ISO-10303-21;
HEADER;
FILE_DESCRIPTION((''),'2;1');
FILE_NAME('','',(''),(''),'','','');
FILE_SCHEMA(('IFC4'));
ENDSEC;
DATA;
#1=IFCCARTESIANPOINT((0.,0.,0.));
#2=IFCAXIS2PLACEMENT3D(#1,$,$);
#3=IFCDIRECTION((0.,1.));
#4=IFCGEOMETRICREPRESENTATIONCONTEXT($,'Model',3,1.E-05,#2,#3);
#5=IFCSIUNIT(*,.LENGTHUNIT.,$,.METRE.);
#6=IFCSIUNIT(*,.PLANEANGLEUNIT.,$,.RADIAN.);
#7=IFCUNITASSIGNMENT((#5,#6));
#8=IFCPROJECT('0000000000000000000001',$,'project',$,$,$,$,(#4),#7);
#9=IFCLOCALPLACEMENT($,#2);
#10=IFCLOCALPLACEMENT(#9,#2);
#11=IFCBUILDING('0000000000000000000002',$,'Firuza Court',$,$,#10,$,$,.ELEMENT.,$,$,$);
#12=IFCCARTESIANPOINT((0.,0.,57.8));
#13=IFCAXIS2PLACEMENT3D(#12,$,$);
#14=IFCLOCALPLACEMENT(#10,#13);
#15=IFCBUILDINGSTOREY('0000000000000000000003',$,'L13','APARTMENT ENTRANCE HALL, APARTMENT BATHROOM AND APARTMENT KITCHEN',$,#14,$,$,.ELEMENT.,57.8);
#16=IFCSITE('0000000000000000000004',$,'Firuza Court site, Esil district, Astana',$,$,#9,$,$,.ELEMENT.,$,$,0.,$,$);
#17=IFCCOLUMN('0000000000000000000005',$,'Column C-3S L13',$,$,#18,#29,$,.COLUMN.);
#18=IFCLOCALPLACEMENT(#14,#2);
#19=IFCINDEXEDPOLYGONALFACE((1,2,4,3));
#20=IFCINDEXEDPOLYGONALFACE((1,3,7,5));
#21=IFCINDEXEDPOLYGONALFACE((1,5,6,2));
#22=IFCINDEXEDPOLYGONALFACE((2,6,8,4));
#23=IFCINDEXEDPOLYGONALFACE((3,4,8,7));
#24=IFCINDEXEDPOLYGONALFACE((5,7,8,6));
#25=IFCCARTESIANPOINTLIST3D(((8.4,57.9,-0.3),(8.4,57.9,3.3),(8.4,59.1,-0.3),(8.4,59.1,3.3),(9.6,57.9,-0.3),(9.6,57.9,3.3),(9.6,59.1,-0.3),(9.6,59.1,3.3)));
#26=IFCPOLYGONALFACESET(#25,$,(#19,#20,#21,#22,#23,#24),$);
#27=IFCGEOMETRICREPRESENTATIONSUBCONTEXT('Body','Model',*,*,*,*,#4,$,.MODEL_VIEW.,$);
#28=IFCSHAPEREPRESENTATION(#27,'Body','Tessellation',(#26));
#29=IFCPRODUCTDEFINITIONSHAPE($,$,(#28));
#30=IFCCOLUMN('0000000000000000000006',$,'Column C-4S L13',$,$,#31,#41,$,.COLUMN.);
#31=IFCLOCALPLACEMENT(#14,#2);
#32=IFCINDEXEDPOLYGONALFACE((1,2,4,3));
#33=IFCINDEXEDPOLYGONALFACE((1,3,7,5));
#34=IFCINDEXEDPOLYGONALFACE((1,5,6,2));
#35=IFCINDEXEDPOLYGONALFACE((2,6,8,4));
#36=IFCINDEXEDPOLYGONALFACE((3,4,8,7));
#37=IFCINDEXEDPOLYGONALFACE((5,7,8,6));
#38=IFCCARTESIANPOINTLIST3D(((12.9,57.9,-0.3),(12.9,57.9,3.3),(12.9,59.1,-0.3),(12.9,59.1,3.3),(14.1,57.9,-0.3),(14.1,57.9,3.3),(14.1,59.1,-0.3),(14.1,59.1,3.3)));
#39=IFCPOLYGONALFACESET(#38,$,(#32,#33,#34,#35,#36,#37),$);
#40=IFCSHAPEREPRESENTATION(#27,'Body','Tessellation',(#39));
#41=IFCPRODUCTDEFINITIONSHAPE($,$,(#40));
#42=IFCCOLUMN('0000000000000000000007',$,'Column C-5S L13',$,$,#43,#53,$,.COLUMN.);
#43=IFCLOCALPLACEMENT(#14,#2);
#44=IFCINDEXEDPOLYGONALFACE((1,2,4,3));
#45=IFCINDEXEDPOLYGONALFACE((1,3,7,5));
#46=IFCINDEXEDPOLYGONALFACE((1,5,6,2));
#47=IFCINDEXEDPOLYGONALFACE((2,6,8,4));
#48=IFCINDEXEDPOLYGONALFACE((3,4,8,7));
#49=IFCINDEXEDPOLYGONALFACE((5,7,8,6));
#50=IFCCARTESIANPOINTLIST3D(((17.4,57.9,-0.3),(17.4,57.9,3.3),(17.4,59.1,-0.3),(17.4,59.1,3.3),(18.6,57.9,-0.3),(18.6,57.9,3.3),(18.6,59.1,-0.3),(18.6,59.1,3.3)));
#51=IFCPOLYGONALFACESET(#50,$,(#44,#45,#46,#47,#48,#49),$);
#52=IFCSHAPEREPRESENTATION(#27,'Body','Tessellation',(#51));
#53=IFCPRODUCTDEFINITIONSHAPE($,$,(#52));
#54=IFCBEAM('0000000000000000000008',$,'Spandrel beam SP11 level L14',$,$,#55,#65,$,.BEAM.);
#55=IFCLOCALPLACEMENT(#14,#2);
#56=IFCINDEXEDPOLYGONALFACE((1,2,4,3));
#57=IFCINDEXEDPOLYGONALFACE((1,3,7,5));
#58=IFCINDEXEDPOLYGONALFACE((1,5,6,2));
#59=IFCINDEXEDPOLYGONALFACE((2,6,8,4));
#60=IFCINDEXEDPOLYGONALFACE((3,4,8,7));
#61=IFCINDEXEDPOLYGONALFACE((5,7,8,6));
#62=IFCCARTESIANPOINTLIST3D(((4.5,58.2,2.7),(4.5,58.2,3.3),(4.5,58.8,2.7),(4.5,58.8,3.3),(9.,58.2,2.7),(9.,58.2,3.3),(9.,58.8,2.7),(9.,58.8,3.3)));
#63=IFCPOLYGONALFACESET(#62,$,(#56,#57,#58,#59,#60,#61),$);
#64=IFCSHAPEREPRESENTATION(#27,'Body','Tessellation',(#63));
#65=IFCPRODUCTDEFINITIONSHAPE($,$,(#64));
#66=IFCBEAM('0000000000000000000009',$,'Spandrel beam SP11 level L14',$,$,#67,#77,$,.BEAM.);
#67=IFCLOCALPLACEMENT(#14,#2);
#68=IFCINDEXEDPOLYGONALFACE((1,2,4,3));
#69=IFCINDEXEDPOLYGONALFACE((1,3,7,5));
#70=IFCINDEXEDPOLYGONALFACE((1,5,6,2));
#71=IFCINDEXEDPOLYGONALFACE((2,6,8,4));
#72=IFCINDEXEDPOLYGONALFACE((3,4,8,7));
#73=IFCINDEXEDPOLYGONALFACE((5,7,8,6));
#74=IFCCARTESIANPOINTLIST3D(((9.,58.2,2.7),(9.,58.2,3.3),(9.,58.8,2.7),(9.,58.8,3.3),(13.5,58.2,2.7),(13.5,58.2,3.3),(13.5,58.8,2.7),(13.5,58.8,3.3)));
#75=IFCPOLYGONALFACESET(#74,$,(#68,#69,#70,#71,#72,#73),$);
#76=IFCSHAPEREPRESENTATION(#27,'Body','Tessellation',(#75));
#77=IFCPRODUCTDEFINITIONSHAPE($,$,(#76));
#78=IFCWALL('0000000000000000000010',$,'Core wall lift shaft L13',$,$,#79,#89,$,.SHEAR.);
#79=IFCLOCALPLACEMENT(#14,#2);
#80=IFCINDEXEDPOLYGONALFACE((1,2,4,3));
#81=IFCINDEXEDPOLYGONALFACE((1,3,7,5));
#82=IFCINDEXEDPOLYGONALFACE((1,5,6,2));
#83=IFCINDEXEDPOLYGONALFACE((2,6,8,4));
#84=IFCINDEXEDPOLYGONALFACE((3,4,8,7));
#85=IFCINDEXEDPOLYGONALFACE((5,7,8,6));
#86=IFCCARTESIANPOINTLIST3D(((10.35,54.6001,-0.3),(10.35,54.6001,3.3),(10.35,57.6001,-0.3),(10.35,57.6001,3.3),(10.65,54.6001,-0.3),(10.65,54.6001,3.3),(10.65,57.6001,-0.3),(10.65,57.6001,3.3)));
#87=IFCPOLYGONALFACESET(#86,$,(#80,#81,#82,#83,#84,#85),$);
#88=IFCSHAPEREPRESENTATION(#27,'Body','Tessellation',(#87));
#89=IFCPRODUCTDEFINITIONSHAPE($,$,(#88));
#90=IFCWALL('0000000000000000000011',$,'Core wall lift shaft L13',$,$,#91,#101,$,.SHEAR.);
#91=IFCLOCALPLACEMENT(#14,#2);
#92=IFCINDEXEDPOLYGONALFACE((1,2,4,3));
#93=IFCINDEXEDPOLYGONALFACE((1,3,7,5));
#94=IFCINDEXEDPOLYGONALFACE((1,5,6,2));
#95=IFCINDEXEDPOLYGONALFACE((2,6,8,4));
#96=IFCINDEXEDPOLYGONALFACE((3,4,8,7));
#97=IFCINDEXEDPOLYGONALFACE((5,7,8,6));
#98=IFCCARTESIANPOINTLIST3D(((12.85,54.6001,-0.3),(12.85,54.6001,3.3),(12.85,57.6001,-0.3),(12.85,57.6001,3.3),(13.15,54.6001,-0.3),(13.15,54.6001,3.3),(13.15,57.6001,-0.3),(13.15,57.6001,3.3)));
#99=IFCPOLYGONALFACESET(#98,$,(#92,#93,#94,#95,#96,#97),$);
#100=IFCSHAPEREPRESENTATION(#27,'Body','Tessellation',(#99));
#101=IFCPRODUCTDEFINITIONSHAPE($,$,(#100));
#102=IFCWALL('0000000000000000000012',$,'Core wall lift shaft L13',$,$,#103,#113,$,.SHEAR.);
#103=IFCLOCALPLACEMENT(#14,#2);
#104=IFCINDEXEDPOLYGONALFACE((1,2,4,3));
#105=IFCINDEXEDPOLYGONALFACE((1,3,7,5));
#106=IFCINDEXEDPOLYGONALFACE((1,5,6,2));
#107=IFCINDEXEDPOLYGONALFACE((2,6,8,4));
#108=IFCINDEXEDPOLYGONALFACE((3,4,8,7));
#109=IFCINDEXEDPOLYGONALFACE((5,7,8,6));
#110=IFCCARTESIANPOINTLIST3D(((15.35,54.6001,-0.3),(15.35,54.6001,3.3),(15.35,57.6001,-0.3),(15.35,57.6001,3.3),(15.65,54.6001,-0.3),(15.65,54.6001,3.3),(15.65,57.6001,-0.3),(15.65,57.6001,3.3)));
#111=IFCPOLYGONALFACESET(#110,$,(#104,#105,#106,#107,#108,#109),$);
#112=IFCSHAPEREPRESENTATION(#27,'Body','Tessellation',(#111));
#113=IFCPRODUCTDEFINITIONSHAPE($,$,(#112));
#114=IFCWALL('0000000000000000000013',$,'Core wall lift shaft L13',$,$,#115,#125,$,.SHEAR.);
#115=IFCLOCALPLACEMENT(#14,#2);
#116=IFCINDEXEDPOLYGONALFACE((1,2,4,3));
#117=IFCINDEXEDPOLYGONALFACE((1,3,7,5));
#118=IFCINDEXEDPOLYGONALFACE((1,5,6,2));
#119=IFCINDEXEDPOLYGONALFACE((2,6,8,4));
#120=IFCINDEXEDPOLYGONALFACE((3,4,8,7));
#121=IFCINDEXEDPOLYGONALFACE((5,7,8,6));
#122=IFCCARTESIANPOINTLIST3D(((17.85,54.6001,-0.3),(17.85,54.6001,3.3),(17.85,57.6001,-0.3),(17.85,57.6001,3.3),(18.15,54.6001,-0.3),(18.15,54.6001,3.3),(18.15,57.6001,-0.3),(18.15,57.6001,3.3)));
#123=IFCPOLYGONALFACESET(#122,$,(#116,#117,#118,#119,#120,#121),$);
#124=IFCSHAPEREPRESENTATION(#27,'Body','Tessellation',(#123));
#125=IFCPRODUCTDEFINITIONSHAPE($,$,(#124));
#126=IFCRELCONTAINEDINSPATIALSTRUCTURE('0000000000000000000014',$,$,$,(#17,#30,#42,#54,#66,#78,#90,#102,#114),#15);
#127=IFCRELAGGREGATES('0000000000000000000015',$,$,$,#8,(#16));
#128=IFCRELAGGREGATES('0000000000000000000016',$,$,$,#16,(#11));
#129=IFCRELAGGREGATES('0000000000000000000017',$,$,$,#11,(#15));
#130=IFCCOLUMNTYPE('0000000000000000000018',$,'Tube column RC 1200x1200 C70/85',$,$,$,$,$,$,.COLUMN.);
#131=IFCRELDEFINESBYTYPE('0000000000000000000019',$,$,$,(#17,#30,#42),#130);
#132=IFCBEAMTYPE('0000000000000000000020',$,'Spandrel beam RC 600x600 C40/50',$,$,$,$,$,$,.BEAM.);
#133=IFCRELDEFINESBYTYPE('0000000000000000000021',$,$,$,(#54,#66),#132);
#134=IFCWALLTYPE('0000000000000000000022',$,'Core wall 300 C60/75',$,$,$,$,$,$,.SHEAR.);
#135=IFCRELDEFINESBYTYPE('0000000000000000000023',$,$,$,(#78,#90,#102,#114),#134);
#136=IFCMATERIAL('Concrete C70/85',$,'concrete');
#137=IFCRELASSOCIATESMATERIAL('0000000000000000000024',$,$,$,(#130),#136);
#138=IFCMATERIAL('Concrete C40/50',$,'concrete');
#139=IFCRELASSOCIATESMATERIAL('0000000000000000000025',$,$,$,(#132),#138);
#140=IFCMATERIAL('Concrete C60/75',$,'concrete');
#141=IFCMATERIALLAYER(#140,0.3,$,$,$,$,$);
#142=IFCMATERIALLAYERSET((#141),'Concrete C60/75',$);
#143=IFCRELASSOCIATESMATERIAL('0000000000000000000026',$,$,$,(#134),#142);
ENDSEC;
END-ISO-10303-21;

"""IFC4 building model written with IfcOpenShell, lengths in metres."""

from ifc_helpers import new_model, si_unit, direction, frame, frame_2d, origin, origin_2d, place, context, subcontext, project, spatial, rectangle, extrude, material, layer, layer_set, material_profile, profile_set, type_object, element, save


model = new_model("IFC4")

# Units and contexts
model_context = context("Model", 3, precision=1e-05, world=origin(), true_north=direction((0.0, 1.0)))
body_context = subcontext(model_context, "Body", "Model", "MODEL_VIEW")
ifc_project = project(units=[si_unit("LENGTHUNIT", "METRE"), si_unit("PLANEANGLEUNIT", "RADIAN")], contexts=[model_context])

# Site, building, storey
site_placement = place(None, origin())
site = spatial("IfcSite", under=ifc_project, at=site_placement, Name="Firuza Court site, Esil district, Astana", CompositionType="ELEMENT", RefElevation=0.0)
building_placement = place(site_placement, origin())
building = spatial("IfcBuilding", under=site, at=building_placement, Name="Firuza Court", CompositionType="ELEMENT")
storey_placement = place(building_placement, frame((0.0, 0.0, 57.8)))
storey = spatial("IfcBuildingStorey", under=building, at=storey_placement, Name="L13", Description="APARTMENT ENTRANCE HALL, APARTMENT BATHROOM AND APARTMENT KITCHEN", CompositionType="ELEMENT", Elevation=57.8)

# Columns
ifc_material_1 = material(Name="Concrete C70/85", Category="concrete")
ifc_material_profile_1 = material_profile(ifc_material_1, rectangle(XDim=1.2, YDim=1.2, at=origin_2d()), Name="RC 1200x1200")
ifc_profile_set_1 = profile_set([ifc_material_profile_1], Name="Concrete C70/85")
column_type = type_object("IfcColumnType", Name="Tube column RC 1200x1200 C70/85", PredefinedType="COLUMN", material=ifc_profile_set_1)
for number, where, z_axis, x_axis, name in (
    (1, (9.0, 58.5, -0.3), (0.0, 0.0, 1.0), (1.0, 0.0, 0.0), "Column C-3S L13"),
    (2, (13.5, 58.5, -0.3), (0.0, 0.0, 1.0), (1.0, 0.0, 0.0), "Column C-4S L13"),
    (3, (18.0, 58.5, -0.3), (0.0, 0.0, 1.0), (1.0, 0.0, 0.0), "Column C-5S L13"),
):
    element("IfcColumn", number, at=place(storey_placement, frame(where, z_axis=z_axis, x_axis=x_axis)), inside=storey, type_object=column_type, Name=name, PredefinedType="COLUMN", context=body_context, shape_type="SweptSolid", body=[
        extrude(rectangle(XDim=1.2, YDim=1.2, at=origin_2d()), origin(), (0.0, 0.0, 1.0), 3.6001),
    ])

# Beams
ifc_material_2 = material(Name="Concrete C40/50", Category="concrete")
ifc_material_profile_2 = material_profile(ifc_material_2, rectangle(XDim=0.6001, YDim=0.6001, at=origin_2d()), Name="RC 600x600")
ifc_profile_set_2 = profile_set([ifc_material_profile_2], Name="Concrete C40/50")
beam_type = type_object("IfcBeamType", Name="Spandrel beam RC 600x600 C40/50", PredefinedType="BEAM", material=ifc_profile_set_2)
for number, where, z_axis, x_axis, name in (
    (4, (9.0, 58.5, 3.0), (-1.0, 0.0, 0.0), (0.0, -1.0, 0.0), "Spandrel beam SP11 level L14"),
    (5, (13.5, 58.5, 3.0), (-1.0, 0.0, 0.0), (0.0, -1.0, 0.0), "Spandrel beam SP11 level L14"),
):
    element("IfcBeam", number, at=place(storey_placement, frame(where, z_axis=z_axis, x_axis=x_axis)), inside=storey, type_object=beam_type, Name=name, PredefinedType="BEAM", context=body_context, shape_type="SweptSolid", body=[
        extrude(rectangle(XDim=0.6001, YDim=0.6001, at=origin_2d()), origin(), (0.0, 0.0, 1.0), 4.5),
    ])

# Walls
ifc_material_3 = material(Name="Concrete C60/75", Category="concrete")
ifc_layer_1 = layer(ifc_material_3, 0.3)
ifc_layer_set_1 = layer_set([ifc_layer_1], Name="Concrete C60/75")
wall_type_1 = type_object("IfcWallType", Name="Core wall 300 C60/75", PredefinedType="SHEAR", material=ifc_layer_set_1)
for number, where, z_axis, x_axis, name in (
    (6, (10.5, 54.6001, -0.3), (0.0, 0.0, 1.0), (0.0, 1.0, 0.0), "Core wall lift shaft L13"),
    (7, (13.0, 54.6001, -0.3), (0.0, 0.0, 1.0), (0.0, 1.0, 0.0), "Core wall lift shaft L13"),
    (8, (15.5, 54.6001, -0.3), (0.0, 0.0, 1.0), (0.0, 1.0, 0.0), "Core wall lift shaft L13"),
    (9, (18.0, 54.6001, -0.3), (0.0, 0.0, 1.0), (0.0, 1.0, 0.0), "Core wall lift shaft L13"),
):
    element("IfcWall", number, at=place(storey_placement, frame(where, z_axis=z_axis, x_axis=x_axis)), inside=storey, type_object=wall_type_1, Name=name, PredefinedType="SHEAR", context=body_context, shape_type="SweptSolid", body=[
        extrude(rectangle(XDim=3.0, YDim=0.3, at=frame_2d((1.5, 0.0))), origin(), (0.0, 0.0, 1.0), 3.6001),
    ])

save(model, "model.ifc")
